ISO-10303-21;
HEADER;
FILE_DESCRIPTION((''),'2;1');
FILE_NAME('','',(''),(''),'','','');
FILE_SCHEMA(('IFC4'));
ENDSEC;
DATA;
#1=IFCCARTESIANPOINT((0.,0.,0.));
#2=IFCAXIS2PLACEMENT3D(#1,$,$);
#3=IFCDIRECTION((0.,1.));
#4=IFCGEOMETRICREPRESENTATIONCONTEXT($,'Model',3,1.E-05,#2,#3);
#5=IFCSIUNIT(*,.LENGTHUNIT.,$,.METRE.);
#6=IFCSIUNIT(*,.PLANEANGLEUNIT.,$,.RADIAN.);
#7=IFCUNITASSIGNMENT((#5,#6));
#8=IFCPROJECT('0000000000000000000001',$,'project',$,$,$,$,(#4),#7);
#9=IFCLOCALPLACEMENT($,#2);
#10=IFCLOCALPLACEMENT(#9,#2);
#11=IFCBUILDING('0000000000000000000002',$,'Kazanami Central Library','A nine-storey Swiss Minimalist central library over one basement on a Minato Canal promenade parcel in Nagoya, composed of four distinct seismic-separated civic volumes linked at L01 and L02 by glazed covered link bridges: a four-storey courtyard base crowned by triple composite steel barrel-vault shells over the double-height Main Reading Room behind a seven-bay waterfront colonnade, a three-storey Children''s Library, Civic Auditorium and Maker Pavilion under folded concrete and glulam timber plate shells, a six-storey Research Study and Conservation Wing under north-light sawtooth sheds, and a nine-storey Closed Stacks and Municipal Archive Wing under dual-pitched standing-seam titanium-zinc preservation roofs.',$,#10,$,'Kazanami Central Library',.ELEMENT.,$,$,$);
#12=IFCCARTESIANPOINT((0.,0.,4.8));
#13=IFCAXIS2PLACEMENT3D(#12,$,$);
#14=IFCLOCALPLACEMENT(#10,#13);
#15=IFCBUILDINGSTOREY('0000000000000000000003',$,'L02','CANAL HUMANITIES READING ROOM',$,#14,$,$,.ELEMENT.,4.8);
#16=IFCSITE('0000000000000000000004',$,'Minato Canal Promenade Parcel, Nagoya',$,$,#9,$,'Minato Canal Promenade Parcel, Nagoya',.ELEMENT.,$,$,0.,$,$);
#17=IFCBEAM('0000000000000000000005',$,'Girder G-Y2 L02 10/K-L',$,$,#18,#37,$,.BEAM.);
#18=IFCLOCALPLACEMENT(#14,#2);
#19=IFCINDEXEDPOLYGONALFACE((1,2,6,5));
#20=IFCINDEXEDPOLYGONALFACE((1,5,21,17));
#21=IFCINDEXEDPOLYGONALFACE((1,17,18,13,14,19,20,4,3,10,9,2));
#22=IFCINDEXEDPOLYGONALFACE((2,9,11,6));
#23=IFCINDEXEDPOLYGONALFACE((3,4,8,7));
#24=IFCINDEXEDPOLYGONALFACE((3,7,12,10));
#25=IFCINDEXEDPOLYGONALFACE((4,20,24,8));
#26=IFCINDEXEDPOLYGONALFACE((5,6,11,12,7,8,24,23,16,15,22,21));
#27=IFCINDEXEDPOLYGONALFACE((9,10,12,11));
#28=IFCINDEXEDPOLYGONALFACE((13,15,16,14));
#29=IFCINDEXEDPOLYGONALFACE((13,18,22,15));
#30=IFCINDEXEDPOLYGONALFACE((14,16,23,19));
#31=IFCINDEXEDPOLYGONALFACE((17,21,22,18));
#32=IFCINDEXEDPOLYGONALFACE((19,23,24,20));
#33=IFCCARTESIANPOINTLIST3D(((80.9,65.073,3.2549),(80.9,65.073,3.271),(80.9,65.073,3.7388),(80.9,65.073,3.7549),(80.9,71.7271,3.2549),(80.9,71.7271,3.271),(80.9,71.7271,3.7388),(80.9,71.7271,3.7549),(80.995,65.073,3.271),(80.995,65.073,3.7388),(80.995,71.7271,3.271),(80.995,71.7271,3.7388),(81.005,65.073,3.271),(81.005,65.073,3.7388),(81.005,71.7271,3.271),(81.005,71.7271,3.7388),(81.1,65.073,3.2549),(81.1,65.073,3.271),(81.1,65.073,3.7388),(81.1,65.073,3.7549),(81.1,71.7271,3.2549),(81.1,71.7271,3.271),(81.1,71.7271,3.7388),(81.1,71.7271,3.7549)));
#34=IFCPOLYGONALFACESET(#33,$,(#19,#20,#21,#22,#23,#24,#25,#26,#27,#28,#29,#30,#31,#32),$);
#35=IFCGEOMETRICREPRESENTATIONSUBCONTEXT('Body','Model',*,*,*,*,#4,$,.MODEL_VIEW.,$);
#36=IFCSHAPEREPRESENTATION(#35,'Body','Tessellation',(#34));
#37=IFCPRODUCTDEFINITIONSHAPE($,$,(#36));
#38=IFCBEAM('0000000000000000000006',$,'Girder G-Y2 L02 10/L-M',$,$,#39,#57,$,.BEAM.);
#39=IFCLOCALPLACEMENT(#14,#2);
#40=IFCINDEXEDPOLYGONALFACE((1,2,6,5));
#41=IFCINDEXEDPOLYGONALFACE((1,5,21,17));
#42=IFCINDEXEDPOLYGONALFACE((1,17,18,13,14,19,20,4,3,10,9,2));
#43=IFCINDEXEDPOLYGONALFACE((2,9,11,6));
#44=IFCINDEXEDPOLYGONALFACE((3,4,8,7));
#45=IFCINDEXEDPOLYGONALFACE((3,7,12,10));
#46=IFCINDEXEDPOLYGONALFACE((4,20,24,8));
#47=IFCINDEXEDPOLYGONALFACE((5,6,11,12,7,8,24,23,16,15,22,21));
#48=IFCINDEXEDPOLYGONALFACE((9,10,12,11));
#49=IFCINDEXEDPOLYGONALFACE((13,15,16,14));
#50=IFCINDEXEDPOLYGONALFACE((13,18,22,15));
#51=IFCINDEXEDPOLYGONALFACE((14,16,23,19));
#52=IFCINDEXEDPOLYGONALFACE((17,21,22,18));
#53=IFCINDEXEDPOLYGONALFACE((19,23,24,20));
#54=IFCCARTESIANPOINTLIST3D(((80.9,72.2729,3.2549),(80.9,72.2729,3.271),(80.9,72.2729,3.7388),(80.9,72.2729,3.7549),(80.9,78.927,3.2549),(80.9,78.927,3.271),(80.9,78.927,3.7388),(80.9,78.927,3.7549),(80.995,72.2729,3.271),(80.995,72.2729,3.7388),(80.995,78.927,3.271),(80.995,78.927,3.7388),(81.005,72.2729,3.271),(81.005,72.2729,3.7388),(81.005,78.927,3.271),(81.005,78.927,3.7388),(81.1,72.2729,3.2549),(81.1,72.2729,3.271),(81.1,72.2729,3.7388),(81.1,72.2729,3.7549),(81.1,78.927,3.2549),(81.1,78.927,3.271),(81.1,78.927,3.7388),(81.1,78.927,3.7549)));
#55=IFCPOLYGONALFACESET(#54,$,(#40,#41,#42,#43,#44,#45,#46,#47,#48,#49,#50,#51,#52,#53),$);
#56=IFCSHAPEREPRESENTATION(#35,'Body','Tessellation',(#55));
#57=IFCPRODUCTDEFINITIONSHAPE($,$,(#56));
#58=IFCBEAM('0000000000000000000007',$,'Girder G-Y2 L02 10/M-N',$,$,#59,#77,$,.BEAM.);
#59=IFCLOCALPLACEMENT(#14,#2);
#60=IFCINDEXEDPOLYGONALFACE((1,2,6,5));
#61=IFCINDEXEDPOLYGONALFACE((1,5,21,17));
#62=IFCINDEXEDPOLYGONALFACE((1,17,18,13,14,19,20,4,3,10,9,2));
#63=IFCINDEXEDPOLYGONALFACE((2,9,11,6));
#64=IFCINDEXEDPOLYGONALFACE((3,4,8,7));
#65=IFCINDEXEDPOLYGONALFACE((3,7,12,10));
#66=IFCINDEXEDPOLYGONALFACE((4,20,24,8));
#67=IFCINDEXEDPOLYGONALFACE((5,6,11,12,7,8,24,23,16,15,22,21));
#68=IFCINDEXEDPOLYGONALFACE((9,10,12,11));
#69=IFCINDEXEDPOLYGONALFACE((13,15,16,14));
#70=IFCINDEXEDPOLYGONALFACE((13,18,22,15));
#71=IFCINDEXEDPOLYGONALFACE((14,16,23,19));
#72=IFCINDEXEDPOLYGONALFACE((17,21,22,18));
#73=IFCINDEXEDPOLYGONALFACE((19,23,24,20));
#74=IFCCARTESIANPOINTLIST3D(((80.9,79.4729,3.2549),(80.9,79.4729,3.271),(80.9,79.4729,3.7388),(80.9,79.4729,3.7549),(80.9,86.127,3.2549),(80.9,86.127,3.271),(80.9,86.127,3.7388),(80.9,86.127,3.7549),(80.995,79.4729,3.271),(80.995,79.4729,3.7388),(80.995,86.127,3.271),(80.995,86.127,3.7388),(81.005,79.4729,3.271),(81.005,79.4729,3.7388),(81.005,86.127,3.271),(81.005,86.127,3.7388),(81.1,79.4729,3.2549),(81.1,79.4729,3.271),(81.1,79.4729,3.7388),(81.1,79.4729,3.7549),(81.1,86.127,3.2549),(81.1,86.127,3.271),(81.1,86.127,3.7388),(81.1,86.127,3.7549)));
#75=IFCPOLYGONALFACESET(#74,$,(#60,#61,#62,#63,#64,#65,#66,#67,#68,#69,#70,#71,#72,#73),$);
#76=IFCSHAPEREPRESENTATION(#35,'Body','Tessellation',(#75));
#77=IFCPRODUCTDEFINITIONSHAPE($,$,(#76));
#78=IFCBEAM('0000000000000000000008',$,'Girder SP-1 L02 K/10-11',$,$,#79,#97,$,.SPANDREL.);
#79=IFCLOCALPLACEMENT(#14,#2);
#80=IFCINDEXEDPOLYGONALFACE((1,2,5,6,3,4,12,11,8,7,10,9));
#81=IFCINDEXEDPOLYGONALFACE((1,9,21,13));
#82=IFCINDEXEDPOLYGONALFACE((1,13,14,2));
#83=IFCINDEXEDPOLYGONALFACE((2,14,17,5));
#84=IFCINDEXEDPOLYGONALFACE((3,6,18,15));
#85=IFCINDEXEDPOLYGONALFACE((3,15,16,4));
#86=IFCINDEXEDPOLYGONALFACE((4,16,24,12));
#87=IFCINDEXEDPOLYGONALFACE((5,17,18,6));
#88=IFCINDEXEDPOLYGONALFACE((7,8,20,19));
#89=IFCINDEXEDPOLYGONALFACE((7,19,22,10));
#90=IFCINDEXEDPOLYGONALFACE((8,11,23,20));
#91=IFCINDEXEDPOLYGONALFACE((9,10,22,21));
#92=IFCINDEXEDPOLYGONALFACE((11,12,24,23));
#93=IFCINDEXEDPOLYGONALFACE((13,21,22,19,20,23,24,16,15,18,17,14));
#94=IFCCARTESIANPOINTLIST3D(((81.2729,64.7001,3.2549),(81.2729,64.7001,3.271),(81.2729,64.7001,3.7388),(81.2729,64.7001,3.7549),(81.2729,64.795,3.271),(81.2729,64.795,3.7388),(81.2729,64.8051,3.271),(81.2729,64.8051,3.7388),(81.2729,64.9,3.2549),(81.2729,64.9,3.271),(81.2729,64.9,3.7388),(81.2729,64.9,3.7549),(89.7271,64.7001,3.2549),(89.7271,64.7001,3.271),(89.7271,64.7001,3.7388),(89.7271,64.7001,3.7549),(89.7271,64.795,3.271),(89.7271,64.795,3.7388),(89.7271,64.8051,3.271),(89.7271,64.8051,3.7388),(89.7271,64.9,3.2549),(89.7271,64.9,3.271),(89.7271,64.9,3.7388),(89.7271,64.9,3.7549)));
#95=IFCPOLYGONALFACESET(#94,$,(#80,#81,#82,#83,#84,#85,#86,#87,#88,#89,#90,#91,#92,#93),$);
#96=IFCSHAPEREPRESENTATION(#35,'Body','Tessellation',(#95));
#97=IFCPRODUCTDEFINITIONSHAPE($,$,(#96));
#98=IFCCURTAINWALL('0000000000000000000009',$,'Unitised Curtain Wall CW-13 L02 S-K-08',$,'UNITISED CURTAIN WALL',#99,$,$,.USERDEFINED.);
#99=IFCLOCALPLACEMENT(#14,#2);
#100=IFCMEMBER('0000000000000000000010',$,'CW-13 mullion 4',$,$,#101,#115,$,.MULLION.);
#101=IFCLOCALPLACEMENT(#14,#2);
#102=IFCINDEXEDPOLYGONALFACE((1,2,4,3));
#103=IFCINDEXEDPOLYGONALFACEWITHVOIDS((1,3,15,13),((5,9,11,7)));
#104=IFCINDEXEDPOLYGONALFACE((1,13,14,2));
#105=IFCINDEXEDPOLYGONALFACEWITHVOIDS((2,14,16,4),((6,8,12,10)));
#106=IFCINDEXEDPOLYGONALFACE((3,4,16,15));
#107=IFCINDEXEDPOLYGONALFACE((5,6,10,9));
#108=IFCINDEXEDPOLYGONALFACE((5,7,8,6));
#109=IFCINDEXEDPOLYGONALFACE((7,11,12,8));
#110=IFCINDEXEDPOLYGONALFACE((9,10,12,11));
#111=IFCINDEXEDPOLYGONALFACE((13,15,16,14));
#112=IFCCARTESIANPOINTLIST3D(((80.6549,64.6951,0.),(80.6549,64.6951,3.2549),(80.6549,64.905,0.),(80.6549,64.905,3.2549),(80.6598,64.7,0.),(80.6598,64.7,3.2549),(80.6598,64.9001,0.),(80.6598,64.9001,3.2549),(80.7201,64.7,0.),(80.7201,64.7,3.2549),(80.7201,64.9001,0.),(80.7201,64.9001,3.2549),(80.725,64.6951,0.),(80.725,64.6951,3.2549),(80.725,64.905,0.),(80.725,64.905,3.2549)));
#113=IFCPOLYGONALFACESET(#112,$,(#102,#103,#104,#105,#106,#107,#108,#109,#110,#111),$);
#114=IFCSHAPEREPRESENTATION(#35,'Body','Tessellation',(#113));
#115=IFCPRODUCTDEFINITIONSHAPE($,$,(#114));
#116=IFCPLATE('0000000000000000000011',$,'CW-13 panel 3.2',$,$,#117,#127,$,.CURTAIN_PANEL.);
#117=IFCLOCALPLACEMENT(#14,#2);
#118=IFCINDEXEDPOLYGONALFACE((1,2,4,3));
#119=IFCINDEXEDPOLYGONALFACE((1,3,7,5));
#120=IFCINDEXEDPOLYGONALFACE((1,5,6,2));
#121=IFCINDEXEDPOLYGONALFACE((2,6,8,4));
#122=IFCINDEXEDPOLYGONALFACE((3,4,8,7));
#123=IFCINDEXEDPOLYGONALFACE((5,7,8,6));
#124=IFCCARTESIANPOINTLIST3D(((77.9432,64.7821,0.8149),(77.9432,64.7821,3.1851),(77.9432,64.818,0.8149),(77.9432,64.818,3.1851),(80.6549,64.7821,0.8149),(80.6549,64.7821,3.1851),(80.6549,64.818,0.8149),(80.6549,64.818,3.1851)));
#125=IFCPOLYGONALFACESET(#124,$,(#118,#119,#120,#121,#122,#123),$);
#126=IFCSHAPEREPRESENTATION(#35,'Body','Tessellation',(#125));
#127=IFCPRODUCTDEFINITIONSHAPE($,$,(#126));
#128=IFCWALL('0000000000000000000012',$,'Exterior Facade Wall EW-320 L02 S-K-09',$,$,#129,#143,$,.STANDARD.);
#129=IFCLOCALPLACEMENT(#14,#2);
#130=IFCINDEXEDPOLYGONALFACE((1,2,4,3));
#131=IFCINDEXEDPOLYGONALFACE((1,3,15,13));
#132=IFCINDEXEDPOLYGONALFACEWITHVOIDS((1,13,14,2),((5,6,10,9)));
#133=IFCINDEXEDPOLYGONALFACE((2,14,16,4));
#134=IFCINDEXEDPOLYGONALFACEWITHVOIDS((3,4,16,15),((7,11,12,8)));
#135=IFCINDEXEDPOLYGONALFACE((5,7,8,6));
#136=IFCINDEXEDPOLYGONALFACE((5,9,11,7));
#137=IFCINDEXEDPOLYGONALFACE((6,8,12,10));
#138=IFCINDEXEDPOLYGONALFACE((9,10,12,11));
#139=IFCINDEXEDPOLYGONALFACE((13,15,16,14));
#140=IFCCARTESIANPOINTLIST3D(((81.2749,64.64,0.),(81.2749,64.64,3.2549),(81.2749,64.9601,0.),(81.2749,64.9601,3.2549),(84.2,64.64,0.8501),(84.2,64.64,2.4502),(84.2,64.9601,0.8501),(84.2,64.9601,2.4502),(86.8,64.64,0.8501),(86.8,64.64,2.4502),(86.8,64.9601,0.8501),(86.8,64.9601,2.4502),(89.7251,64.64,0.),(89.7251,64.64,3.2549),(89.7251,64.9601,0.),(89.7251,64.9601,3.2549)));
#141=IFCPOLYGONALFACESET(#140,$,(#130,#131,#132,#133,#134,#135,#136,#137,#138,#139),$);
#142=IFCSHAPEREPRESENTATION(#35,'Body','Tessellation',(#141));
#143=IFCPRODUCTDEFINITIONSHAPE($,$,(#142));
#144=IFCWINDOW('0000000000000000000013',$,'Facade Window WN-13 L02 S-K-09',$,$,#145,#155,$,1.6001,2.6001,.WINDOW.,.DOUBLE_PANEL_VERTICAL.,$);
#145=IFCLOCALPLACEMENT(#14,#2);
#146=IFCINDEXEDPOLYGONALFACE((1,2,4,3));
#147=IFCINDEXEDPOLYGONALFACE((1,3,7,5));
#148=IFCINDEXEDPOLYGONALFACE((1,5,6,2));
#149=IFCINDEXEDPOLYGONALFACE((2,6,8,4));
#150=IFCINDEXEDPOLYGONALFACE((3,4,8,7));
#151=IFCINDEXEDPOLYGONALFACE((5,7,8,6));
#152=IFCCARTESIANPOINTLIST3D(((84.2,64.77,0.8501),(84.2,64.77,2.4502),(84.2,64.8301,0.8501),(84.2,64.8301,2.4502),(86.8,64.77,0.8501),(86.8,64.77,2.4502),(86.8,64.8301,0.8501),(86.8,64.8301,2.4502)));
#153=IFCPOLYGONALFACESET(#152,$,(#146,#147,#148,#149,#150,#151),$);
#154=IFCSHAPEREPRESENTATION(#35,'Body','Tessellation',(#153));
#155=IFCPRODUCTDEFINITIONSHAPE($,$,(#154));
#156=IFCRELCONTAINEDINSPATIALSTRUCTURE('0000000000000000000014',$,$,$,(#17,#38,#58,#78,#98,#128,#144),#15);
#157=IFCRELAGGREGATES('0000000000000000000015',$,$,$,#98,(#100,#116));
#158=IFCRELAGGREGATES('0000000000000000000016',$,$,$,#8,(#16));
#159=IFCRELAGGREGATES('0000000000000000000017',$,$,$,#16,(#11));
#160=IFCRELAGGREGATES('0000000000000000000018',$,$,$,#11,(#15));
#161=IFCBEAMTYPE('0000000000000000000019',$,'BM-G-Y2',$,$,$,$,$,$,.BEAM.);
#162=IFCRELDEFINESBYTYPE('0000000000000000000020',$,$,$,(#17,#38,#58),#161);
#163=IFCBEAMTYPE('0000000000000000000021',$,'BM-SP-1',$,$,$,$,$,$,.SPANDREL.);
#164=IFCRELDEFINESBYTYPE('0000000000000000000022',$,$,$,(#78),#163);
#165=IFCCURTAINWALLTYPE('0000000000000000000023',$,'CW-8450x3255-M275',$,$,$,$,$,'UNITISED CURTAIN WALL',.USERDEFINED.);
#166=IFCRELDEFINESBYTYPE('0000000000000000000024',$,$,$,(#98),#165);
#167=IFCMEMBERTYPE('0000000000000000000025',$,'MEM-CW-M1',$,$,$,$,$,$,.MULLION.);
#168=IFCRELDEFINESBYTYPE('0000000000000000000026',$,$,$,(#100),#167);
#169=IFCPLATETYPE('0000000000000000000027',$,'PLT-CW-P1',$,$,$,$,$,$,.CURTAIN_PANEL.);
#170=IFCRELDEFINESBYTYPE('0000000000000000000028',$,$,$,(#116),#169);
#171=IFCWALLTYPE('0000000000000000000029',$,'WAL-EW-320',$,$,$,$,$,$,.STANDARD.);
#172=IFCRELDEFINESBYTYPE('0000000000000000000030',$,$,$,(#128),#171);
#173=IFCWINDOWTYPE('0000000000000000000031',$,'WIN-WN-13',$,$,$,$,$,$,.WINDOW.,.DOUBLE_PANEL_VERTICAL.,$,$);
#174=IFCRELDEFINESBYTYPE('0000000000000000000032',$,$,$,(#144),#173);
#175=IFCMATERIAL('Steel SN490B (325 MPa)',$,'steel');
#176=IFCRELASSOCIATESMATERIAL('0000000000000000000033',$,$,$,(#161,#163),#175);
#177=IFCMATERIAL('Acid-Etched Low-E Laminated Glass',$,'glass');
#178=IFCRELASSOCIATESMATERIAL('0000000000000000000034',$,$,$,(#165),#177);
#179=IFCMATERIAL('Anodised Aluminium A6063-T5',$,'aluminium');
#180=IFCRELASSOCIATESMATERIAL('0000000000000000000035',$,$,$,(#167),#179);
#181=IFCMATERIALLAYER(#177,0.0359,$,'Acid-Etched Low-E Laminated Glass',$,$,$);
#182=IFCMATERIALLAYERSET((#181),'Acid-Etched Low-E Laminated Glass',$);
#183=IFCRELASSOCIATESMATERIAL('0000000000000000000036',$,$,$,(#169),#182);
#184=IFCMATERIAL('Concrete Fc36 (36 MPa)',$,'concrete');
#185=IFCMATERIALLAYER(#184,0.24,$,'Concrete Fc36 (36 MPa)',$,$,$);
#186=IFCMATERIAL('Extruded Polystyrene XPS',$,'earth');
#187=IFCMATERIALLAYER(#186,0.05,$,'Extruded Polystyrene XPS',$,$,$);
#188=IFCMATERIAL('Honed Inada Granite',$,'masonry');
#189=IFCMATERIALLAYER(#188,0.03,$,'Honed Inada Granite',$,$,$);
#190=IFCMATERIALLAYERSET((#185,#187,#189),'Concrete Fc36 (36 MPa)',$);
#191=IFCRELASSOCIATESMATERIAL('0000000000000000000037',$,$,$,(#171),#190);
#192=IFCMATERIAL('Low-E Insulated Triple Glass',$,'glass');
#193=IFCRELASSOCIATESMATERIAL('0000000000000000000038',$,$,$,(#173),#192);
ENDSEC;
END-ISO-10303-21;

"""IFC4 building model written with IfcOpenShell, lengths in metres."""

from ifc_helpers import new_model, si_unit, direction, frame, frame_2d, origin, origin_2d, place, context, subcontext, project, spatial, rectangle, hollow_rectangle, i_section, extrude, material, layer, layer_set, material_profile, profile_set, type_object, element, fill, aggregate, save


model = new_model("IFC4")

# Units and contexts
model_context = context("Model", 3, precision=1e-05, world=origin(), true_north=direction((0.0, 1.0)))
body_context = subcontext(model_context, "Body", "Model", "MODEL_VIEW")
ifc_project = project(units=[si_unit("LENGTHUNIT", "METRE"), si_unit("PLANEANGLEUNIT", "RADIAN")], contexts=[model_context])

# Site, building, storey
site_placement = place(None, origin())
site = spatial("IfcSite", under=ifc_project, at=site_placement, Name="Minato Canal Promenade Parcel, Nagoya", LongName="Minato Canal Promenade Parcel, Nagoya", CompositionType="ELEMENT", RefElevation=0.0)
building_placement = place(site_placement, origin())
building = spatial("IfcBuilding", under=site, at=building_placement, Name="Kazanami Central Library", Description="A nine-storey Swiss Minimalist central library over one basement on a Minato Canal promenade parcel in Nagoya, composed of four distinct seismic-separated civic volumes linked at L01 and L02 by glazed covered link bridges: a four-storey courtyard base crowned by triple composite steel barrel-vault shells over the double-height Main Reading Room behind a seven-bay waterfront colonnade, a three-storey Children's Library, Civic Auditorium and Maker Pavilion under folded concrete and glulam timber plate shells, a six-storey Research Study and Conservation Wing under north-light sawtooth sheds, and a nine-storey Closed Stacks and Municipal Archive Wing under dual-pitched standing-seam titanium-zinc preservation roofs.", LongName="Kazanami Central Library", CompositionType="ELEMENT")
storey_placement = place(building_placement, frame((0.0, 0.0, 4.8)))
storey = spatial("IfcBuildingStorey", under=building, at=storey_placement, Name="L02", Description="CANAL HUMANITIES READING ROOM", CompositionType="ELEMENT", Elevation=4.8)

# Beams
ifc_material_1 = material(Name="Steel SN490B (325 MPa)", Category="steel")
ifc_material_profile_1 = material_profile(ifc_material_1, i_section(OverallWidth=0.2, OverallDepth=0.5, WebThickness=0.01, FlangeThickness=0.0161, at=origin_2d()), Name="H-500x200x10x16")
ifc_profile_set_1 = profile_set([ifc_material_profile_1], Name="Steel SN490B (325 MPa)")
beam_type_1 = type_object("IfcBeamType", Name="BM-G-Y2", PredefinedType="BEAM", material=ifc_profile_set_1)
for number, where, z_axis, x_axis, name in (
    (1, (81.0, 65.073, 3.5049), (0.0, 1.0, 0.0), (-1.0, 0.0, 0.0), "Girder G-Y2 L02 10/K-L"),
    (2, (81.0, 72.2729, 3.5049), (0.0, 1.0, 0.0), (-1.0, 0.0, 0.0), "Girder G-Y2 L02 10/L-M"),
    (3, (81.0, 79.4729, 3.5049), (0.0, 1.0, 0.0), (-1.0, 0.0, 0.0), "Girder G-Y2 L02 10/M-N"),
):
    element("IfcBeam", number, at=place(storey_placement, frame(where, z_axis=z_axis, x_axis=x_axis)), inside=storey, type_object=beam_type_1, Name=name, PredefinedType="BEAM", context=body_context, shape_type="SweptSolid", body=[
        extrude(i_section(OverallWidth=0.2, OverallDepth=0.5, WebThickness=0.01, FlangeThickness=0.0161, at=origin_2d()), origin(), (0.0, 0.0, 1.0), 6.6541),
    ])
ifc_material_profile_2 = material_profile(ifc_material_1, i_section(OverallWidth=0.2, OverallDepth=0.5, WebThickness=0.01, FlangeThickness=0.0161, at=origin_2d()), Name="H-500x200x10x16")
ifc_profile_set_2 = profile_set([ifc_material_profile_2], Name="Steel SN490B (325 MPa)")
beam_type_2 = type_object("IfcBeamType", Name="BM-SP-1", PredefinedType="SPANDREL", material=ifc_profile_set_2)
beam_1_placement = place(storey_placement, frame((81.2729, 64.8, 3.5049), z_axis=(1.0, 0.0, 0.0), x_axis=(0.0, 1.0, 0.0)))
element("IfcBeam", 4, at=beam_1_placement, inside=storey, type_object=beam_type_2, Name="Girder SP-1 L02 K/10-11", PredefinedType="SPANDREL", context=body_context, shape_type="SweptSolid", body=[
    extrude(i_section(OverallWidth=0.2, OverallDepth=0.5, WebThickness=0.01, FlangeThickness=0.0161, at=origin_2d()), origin(), (0.0, 0.0, 1.0), 8.4541),
])

# Curtain wall, member, plate
ifc_material_2 = material(Name="Acid-Etched Low-E Laminated Glass", Category="glass")
curtain_wall_type = type_object("IfcCurtainWallType", Name="CW-8450x3255-M275", ElementType="UNITISED CURTAIN WALL", PredefinedType="USERDEFINED", material=ifc_material_2)
curtain_wall_placement = place(storey_placement, origin())
curtain_wall = element("IfcCurtainWall", 5, at=curtain_wall_placement, inside=storey, type_object=curtain_wall_type, Name="Unitised Curtain Wall CW-13 L02 S-K-08", ObjectType="UNITISED CURTAIN WALL", PredefinedType="USERDEFINED")
ifc_material_3 = material(Name="Anodised Aluminium A6063-T5", Category="aluminium")
ifc_material_profile_3 = material_profile(ifc_material_3, hollow_rectangle(XDim=0.0701, YDim=0.21, WallThickness=0.0049, at=origin_2d()), Name="ALU-MULL-70x210x5")
ifc_profile_set_3 = profile_set([ifc_material_profile_3], Name="Anodised Aluminium A6063-T5")
member_type = type_object("IfcMemberType", Name="MEM-CW-M1", PredefinedType="MULLION", material=ifc_profile_set_3)
member_placement = place(storey_placement, frame((80.6899, 64.8, 0.0), z_axis=(0.0, 0.0, 1.0), x_axis=(1.0, 0.0, 0.0)))
member = element("IfcMember", 6, at=member_placement, type_object=member_type, Name="CW-13 mullion 4", PredefinedType="MULLION", context=body_context, shape_type="SweptSolid", body=[
    extrude(hollow_rectangle(XDim=0.0701, YDim=0.21, WallThickness=0.0049, at=origin_2d()), origin(), (0.0, 0.0, 1.0), 3.2549),
])
ifc_layer_1 = layer(ifc_material_2, 0.0359, Name="Acid-Etched Low-E Laminated Glass")
ifc_layer_set_1 = layer_set([ifc_layer_1], Name="Acid-Etched Low-E Laminated Glass")
plate_type = type_object("IfcPlateType", Name="PLT-CW-P1", PredefinedType="CURTAIN_PANEL", material=ifc_layer_set_1)
plate_placement = place(storey_placement, frame((79.2991, 64.8, 0.8149), z_axis=(0.0, 0.0, 1.0), x_axis=(1.0, 0.0, 0.0)))
plate = element("IfcPlate", 7, at=plate_placement, type_object=plate_type, Name="CW-13 panel 3.2", PredefinedType="CURTAIN_PANEL", context=body_context, shape_type="SweptSolid", body=[
    extrude(rectangle(XDim=2.7117, YDim=0.0359, at=origin_2d()), origin(), (0.0, 0.0, 1.0), 2.3701),
])
aggregate(curtain_wall, [member, plate])

# Wall, opening, window
ifc_material_4 = material(Name="Concrete Fc36 (36 MPa)", Category="concrete")
ifc_layer_2 = layer(ifc_material_4, 0.24, Name="Concrete Fc36 (36 MPa)")
ifc_material_5 = material(Name="Extruded Polystyrene XPS", Category="earth")
ifc_layer_3 = layer(ifc_material_5, 0.05, Name="Extruded Polystyrene XPS")
ifc_material_6 = material(Name="Honed Inada Granite", Category="masonry")
ifc_layer_4 = layer(ifc_material_6, 0.03, Name="Honed Inada Granite")
ifc_layer_set_2 = layer_set([ifc_layer_2, ifc_layer_3, ifc_layer_4], Name="Concrete Fc36 (36 MPa)")
wall_type = type_object("IfcWallType", Name="WAL-EW-320", PredefinedType="STANDARD", material=ifc_layer_set_2)
wall_placement = place(storey_placement, frame((81.2749, 64.8, 0.0), z_axis=(0.0, 0.0, 1.0), x_axis=(1.0, 0.0, 0.0)))
wall = element("IfcWall", 8, at=wall_placement, inside=storey, type_object=wall_type, Name="Exterior Facade Wall EW-320 L02 S-K-09", PredefinedType="STANDARD", context=body_context, shape_type="SweptSolid", body=[
    extrude(rectangle(XDim=8.4502, YDim=0.3201, at=frame_2d((4.2251, 0.0))), origin(), (0.0, 0.0, 1.0), 3.2549),
])
opening_placement = place(wall_placement, frame((2.925, 0.0, 0.8501)))
opening = element("IfcOpeningElement", 9, at=opening_placement, cuts=wall, PredefinedType="OPENING", context=body_context, shape_type="SweptSolid", body=[
    extrude(rectangle(XDim=2.6001, YDim=1.6001, at=frame_2d((1.3, 0.8))), frame((0.0, 0.1719, 0.0), z_axis=(0.0, -1.0, 0.0), x_axis=(1.0, 0.0, 0.0)), (0.0, 0.0, 1.0), 0.344),
])
ifc_material_7 = material(Name="Low-E Insulated Triple Glass", Category="glass")
window_type = type_object("IfcWindowType", Name="WIN-WN-13", PartitioningType="DOUBLE_PANEL_VERTICAL", PredefinedType="WINDOW", material=ifc_material_7)
window_placement = place(opening_placement, origin())
window = element("IfcWindow", 10, at=window_placement, inside=storey, type_object=window_type, Name="Facade Window WN-13 L02 S-K-09", OverallHeight=1.6001, OverallWidth=2.6001, PartitioningType="DOUBLE_PANEL_VERTICAL", PredefinedType="WINDOW", context=body_context, shape_type="SweptSolid", body=[
    extrude(rectangle(XDim=2.6001, YDim=1.6001, at=frame_2d((1.3, 0.8))), frame((0.0, 0.03, 0.0), z_axis=(0.0, -1.0, 0.0), x_axis=(1.0, 0.0, 0.0)), (0.0, 0.0, 1.0), 0.0601),
])
fill(opening, window)

save(model, "model.ifc")
